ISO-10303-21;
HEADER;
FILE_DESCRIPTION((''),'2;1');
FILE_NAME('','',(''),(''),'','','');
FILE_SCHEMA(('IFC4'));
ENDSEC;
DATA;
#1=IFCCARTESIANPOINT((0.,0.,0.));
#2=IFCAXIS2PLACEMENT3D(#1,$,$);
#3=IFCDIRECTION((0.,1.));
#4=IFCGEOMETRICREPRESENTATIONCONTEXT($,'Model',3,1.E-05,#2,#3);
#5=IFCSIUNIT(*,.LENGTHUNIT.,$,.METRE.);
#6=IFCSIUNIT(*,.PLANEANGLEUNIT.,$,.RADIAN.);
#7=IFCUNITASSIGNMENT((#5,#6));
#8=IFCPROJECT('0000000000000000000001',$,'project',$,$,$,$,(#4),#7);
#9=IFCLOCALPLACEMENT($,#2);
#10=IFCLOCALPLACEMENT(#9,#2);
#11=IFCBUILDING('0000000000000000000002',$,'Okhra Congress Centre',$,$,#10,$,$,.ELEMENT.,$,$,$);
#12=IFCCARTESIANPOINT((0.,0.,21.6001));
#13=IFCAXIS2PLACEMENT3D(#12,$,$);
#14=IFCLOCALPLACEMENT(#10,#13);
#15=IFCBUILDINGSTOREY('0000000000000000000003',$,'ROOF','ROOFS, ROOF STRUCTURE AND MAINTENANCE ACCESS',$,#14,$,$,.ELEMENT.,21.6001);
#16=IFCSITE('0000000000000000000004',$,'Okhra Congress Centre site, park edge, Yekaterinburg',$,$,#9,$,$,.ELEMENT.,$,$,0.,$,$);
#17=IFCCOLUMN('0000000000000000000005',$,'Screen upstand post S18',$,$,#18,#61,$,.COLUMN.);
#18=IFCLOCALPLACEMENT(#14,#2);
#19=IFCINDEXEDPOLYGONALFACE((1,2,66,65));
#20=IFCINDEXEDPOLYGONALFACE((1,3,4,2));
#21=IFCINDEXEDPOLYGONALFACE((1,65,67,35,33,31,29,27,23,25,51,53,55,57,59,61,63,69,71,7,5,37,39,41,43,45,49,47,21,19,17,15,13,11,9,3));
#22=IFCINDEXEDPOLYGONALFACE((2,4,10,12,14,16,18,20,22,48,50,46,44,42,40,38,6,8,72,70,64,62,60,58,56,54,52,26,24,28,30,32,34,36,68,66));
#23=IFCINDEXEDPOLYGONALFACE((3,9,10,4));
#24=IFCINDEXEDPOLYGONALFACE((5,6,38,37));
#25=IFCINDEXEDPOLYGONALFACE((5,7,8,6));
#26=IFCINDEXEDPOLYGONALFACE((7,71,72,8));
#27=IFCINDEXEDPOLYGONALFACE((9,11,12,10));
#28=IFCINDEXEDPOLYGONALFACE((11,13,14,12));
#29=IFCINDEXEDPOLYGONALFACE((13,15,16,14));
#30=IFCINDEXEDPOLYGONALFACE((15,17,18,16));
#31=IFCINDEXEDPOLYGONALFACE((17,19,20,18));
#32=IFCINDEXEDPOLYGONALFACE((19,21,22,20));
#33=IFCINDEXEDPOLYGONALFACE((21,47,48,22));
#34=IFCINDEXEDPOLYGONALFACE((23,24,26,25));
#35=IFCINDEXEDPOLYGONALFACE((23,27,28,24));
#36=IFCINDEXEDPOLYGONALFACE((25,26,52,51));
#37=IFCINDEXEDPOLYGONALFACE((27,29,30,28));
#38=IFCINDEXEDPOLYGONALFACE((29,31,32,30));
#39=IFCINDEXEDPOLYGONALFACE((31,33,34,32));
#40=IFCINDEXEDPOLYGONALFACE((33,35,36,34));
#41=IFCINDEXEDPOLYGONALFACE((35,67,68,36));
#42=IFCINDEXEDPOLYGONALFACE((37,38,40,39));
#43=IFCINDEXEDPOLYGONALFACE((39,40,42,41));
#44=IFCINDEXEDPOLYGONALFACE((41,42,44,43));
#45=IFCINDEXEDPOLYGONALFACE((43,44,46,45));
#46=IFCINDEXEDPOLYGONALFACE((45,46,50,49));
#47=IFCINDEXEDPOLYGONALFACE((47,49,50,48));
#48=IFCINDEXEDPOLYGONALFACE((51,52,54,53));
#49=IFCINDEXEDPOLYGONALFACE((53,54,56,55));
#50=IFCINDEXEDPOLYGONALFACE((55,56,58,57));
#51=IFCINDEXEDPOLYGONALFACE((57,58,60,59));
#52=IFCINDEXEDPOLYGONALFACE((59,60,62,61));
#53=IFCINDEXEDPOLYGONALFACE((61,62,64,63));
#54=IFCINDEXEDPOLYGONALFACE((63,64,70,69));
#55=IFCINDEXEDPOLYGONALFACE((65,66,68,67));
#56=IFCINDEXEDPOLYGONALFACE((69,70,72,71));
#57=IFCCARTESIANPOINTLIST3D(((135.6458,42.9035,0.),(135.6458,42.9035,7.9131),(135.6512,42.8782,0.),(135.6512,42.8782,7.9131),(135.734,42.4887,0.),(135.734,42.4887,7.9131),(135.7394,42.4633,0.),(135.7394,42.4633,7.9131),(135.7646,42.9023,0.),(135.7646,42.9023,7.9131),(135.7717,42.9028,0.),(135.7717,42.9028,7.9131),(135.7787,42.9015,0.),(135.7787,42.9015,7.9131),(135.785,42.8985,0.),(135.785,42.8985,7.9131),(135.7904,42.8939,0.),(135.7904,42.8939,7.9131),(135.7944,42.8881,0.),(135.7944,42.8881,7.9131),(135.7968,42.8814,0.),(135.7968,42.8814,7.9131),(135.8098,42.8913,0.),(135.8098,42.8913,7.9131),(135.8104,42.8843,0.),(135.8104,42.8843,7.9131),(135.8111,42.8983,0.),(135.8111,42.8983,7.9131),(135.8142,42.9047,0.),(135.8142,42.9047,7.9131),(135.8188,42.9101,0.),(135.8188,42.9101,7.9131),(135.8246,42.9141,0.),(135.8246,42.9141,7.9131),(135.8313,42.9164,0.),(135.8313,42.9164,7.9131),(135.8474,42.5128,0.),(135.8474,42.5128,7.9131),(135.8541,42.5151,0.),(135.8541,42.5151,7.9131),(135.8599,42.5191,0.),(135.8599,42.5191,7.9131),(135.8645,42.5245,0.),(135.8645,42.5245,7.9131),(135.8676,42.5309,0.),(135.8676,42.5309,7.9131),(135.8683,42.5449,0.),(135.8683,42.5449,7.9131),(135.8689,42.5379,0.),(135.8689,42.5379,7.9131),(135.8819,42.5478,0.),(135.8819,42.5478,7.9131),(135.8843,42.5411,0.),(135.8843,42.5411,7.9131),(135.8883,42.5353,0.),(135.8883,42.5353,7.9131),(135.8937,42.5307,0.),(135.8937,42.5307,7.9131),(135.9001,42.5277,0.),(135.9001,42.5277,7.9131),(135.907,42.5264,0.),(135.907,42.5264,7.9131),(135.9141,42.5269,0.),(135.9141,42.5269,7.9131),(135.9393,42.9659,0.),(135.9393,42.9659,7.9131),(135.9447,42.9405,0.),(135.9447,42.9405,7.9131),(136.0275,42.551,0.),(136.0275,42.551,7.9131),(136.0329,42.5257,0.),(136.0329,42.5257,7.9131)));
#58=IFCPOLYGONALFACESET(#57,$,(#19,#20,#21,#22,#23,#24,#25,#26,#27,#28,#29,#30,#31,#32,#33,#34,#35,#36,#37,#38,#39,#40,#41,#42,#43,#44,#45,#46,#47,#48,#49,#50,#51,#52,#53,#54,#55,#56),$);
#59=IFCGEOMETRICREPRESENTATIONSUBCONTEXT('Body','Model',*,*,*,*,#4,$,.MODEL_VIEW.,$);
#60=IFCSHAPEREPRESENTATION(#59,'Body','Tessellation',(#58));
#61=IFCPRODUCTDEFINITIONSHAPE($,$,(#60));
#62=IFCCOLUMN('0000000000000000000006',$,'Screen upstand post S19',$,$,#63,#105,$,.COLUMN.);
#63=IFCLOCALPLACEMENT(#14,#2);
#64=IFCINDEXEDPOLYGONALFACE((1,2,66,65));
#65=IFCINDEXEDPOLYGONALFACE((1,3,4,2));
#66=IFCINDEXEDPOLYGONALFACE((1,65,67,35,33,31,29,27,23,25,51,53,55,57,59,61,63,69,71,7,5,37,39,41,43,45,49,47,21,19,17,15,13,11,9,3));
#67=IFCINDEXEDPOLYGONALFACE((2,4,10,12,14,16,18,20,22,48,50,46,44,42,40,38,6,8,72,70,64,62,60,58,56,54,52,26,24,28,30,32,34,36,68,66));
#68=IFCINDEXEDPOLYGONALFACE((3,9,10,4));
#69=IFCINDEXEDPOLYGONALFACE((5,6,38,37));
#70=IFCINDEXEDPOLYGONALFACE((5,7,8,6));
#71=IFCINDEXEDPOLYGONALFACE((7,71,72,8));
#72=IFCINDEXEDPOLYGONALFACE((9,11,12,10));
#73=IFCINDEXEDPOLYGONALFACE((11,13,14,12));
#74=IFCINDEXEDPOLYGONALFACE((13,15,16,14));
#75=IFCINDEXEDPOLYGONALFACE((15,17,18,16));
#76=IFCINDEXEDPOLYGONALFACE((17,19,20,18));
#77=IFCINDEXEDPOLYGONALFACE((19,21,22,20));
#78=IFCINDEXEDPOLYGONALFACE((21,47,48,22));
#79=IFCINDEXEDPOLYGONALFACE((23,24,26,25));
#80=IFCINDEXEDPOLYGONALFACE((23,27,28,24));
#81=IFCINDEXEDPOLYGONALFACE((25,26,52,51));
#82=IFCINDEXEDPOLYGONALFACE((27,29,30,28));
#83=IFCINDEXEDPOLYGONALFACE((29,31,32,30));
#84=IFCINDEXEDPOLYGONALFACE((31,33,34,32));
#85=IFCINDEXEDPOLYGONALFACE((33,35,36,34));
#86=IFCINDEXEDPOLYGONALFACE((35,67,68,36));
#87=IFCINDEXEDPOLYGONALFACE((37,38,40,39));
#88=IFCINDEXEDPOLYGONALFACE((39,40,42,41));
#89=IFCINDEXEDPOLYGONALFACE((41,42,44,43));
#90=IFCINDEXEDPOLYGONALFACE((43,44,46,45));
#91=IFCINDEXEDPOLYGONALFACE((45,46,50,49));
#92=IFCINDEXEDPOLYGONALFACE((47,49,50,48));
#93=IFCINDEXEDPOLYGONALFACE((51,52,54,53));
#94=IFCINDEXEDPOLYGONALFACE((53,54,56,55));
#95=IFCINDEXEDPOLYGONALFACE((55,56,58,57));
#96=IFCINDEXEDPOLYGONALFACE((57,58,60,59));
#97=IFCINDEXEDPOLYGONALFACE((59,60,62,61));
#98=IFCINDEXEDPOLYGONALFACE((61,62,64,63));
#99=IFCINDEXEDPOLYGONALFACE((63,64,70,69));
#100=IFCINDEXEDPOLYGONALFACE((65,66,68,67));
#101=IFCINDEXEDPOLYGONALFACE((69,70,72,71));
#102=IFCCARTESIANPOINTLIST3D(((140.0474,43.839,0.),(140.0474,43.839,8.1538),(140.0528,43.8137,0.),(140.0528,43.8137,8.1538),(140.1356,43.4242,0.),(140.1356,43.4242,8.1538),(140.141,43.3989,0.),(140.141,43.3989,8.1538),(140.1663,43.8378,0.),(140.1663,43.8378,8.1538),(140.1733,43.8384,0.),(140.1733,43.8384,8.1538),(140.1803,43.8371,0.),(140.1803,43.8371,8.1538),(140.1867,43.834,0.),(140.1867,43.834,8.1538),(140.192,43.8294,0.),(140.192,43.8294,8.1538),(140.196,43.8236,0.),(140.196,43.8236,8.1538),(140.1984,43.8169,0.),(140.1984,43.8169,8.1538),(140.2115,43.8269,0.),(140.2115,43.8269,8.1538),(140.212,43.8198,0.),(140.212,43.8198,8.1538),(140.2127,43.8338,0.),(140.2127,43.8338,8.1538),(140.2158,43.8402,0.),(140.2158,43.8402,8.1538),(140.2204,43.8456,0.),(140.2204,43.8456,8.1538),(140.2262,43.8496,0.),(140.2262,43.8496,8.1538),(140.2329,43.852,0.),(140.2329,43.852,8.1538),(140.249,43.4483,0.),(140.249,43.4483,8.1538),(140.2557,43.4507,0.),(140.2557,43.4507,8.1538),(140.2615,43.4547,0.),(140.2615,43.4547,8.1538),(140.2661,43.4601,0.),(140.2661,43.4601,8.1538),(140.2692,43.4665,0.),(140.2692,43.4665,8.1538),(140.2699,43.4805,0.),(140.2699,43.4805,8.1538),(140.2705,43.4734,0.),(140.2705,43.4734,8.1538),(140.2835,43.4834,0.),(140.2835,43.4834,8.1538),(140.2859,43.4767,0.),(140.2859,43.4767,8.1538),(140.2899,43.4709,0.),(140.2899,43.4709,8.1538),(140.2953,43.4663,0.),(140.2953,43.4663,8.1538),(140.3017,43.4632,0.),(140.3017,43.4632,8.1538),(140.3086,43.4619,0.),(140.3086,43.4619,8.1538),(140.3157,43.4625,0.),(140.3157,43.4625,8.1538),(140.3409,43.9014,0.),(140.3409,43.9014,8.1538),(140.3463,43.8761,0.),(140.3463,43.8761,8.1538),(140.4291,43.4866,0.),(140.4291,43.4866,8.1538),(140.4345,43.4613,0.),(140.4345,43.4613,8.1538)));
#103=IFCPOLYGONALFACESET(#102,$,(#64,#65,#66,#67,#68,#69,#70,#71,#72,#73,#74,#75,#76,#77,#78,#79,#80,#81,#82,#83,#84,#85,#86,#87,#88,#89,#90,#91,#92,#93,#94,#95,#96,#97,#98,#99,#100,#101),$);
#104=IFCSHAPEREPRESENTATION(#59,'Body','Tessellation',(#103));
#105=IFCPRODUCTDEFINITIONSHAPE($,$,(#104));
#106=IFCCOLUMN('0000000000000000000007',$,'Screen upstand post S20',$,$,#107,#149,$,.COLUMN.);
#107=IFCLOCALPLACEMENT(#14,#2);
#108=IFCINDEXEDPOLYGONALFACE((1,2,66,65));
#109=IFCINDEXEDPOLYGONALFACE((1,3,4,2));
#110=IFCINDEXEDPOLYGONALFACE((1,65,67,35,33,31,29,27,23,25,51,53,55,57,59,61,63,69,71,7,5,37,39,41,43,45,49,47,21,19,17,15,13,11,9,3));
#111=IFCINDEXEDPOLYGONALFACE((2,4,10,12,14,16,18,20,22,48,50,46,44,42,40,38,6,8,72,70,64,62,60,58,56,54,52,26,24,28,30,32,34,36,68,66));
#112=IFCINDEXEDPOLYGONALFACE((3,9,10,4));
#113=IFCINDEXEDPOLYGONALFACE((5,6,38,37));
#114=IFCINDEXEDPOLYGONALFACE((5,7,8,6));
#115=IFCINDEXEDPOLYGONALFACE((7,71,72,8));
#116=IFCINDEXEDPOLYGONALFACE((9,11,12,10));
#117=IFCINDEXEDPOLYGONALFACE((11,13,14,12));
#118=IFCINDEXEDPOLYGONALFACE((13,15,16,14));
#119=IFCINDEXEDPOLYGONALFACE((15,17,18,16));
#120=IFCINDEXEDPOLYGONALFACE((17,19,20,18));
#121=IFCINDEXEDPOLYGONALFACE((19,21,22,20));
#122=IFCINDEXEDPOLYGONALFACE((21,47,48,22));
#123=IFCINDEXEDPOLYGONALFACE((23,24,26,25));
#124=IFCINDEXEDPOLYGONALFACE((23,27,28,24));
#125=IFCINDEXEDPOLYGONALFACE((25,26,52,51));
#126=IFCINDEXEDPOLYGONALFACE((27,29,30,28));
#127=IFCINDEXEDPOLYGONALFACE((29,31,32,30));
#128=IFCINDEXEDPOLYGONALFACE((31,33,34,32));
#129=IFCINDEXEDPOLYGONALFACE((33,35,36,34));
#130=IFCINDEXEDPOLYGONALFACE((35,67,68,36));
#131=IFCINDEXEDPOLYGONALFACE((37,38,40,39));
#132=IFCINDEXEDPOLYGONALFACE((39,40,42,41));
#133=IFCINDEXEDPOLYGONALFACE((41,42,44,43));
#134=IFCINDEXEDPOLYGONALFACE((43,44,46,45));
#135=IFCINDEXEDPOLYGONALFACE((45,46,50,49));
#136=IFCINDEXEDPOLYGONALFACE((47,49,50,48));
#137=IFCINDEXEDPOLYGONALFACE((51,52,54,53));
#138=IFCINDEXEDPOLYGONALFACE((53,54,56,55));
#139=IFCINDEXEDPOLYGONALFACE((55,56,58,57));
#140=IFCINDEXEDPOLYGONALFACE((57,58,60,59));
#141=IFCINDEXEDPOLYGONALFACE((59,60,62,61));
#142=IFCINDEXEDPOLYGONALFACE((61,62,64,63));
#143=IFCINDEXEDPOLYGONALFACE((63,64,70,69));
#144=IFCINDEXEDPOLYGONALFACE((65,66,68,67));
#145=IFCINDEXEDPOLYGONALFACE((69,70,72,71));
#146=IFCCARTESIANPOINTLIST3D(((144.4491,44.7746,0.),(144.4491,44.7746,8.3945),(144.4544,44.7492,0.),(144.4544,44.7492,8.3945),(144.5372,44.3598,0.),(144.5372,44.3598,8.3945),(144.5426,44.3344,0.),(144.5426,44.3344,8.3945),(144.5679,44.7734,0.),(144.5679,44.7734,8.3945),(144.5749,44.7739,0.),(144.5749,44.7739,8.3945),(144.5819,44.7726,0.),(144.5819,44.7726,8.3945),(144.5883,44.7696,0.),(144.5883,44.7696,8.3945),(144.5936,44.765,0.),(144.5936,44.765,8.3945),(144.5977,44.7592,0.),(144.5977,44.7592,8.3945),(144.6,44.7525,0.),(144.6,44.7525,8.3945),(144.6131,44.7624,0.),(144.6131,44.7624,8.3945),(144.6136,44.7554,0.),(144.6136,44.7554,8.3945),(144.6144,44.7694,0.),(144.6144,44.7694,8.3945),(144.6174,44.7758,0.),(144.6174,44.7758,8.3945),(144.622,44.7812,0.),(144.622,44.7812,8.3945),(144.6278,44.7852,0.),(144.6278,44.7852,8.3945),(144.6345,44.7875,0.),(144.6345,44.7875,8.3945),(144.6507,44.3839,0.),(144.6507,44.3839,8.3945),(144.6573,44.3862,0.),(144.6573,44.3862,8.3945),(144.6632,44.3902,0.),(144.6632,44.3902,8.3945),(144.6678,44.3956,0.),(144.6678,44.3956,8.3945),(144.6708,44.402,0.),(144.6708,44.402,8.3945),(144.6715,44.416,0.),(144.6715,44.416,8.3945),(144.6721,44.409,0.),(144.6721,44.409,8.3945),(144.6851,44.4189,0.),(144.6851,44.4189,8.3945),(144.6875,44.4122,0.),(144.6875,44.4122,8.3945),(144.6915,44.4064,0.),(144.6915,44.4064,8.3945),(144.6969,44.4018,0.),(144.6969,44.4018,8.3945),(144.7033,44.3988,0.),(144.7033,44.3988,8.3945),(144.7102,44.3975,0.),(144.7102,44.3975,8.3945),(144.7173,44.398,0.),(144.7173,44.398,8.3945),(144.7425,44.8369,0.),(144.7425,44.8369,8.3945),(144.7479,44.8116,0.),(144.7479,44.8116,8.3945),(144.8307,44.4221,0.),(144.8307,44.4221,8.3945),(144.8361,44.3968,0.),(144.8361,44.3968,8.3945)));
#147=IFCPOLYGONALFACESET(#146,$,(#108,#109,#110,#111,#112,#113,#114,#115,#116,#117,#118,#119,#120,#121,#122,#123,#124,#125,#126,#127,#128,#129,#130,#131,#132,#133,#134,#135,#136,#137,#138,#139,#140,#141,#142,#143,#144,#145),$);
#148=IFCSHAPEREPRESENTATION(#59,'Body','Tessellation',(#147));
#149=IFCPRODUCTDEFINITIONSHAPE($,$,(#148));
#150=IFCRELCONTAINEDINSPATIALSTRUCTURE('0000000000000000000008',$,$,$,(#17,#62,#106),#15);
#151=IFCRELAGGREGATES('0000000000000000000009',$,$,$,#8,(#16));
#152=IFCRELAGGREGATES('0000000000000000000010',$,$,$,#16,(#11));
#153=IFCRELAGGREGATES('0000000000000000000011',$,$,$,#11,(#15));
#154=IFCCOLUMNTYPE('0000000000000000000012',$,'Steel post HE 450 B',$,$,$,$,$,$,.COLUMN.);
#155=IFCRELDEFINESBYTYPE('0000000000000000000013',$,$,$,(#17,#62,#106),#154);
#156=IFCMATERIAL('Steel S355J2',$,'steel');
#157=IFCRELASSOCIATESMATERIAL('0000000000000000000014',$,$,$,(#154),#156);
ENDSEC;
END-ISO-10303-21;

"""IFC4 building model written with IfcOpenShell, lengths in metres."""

from ifc_helpers import new_model, si_unit, direction, frame, origin, origin_2d, place, context, subcontext, project, spatial, i_section, extrude, material, material_profile, profile_set, type_object, element, save


model = new_model("IFC4")

# Units and contexts
model_context = context("Model", 3, precision=1e-05, world=origin(), true_north=direction((0.0, 1.0)))
body_context = subcontext(model_context, "Body", "Model", "MODEL_VIEW")
ifc_project = project(units=[si_unit("LENGTHUNIT", "METRE"), si_unit("PLANEANGLEUNIT", "RADIAN")], contexts=[model_context])

# Site, building, storey
site_placement = place(None, origin())
site = spatial("IfcSite", under=ifc_project, at=site_placement, Name="Okhra Congress Centre site, park edge, Yekaterinburg", CompositionType="ELEMENT", RefElevation=0.0)
building_placement = place(site_placement, origin())
building = spatial("IfcBuilding", under=site, at=building_placement, Name="Okhra Congress Centre", CompositionType="ELEMENT")
storey_placement = place(building_placement, frame((0.0, 0.0, 21.6001)))
storey = spatial("IfcBuildingStorey", under=building, at=storey_placement, Name="ROOF", Description="ROOFS, ROOF STRUCTURE AND MAINTENANCE ACCESS", CompositionType="ELEMENT", Elevation=21.6001)

# Columns
ifc_material_1 = material(Name="Steel S355J2", Category="steel")
ifc_material_profile_1 = material_profile(ifc_material_1, i_section(OverallWidth=0.3, OverallDepth=0.45, WebThickness=0.0139, FlangeThickness=0.0259, FilletRadius=0.0271, at=origin_2d()), Name="HE 450 B")
ifc_profile_set_1 = profile_set([ifc_material_profile_1], Name="Steel S355J2")
column_type = type_object("IfcColumnType", Name="Steel post HE 450 B", PredefinedType="COLUMN", material=ifc_profile_set_1)
column_1_placement = place(storey_placement, frame((135.8394, 42.7146, 0.0), z_axis=(0.0, 0.0, 1.0), x_axis=(0.978148, 0.207912, 0.0)))
element("IfcColumn", 1, at=column_1_placement, inside=storey, type_object=column_type, Name="Screen upstand post S18", PredefinedType="COLUMN", context=body_context, shape_type="SweptSolid", body=[
    extrude(i_section(OverallWidth=0.3, OverallDepth=0.45, WebThickness=0.0139, FlangeThickness=0.0259, FilletRadius=0.0271, at=origin_2d()), origin(), (0.0, 0.0, 1.0), 7.9131),
])
column_2_placement = place(storey_placement, frame((140.241, 43.6501, 0.0), z_axis=(0.0, 0.0, 1.0), x_axis=(0.978148, 0.207912, 0.0)))
element("IfcColumn", 2, at=column_2_placement, inside=storey, type_object=column_type, Name="Screen upstand post S19", PredefinedType="COLUMN", context=body_context, shape_type="SweptSolid", body=[
    extrude(i_section(OverallWidth=0.3, OverallDepth=0.45, WebThickness=0.0139, FlangeThickness=0.0259, FilletRadius=0.0271, at=origin_2d()), origin(), (0.0, 0.0, 1.0), 8.1538),
])
column_3_placement = place(storey_placement, frame((144.6426, 44.5857, 0.0), z_axis=(0.0, 0.0, 1.0), x_axis=(0.978148, 0.207912, 0.0)))
element("IfcColumn", 3, at=column_3_placement, inside=storey, type_object=column_type, Name="Screen upstand post S20", PredefinedType="COLUMN", context=body_context, shape_type="SweptSolid", body=[
    extrude(i_section(OverallWidth=0.3, OverallDepth=0.45, WebThickness=0.0139, FlangeThickness=0.0259, FilletRadius=0.0271, at=origin_2d()), origin(), (0.0, 0.0, 1.0), 8.3945),
])

save(model, "model.ifc")
